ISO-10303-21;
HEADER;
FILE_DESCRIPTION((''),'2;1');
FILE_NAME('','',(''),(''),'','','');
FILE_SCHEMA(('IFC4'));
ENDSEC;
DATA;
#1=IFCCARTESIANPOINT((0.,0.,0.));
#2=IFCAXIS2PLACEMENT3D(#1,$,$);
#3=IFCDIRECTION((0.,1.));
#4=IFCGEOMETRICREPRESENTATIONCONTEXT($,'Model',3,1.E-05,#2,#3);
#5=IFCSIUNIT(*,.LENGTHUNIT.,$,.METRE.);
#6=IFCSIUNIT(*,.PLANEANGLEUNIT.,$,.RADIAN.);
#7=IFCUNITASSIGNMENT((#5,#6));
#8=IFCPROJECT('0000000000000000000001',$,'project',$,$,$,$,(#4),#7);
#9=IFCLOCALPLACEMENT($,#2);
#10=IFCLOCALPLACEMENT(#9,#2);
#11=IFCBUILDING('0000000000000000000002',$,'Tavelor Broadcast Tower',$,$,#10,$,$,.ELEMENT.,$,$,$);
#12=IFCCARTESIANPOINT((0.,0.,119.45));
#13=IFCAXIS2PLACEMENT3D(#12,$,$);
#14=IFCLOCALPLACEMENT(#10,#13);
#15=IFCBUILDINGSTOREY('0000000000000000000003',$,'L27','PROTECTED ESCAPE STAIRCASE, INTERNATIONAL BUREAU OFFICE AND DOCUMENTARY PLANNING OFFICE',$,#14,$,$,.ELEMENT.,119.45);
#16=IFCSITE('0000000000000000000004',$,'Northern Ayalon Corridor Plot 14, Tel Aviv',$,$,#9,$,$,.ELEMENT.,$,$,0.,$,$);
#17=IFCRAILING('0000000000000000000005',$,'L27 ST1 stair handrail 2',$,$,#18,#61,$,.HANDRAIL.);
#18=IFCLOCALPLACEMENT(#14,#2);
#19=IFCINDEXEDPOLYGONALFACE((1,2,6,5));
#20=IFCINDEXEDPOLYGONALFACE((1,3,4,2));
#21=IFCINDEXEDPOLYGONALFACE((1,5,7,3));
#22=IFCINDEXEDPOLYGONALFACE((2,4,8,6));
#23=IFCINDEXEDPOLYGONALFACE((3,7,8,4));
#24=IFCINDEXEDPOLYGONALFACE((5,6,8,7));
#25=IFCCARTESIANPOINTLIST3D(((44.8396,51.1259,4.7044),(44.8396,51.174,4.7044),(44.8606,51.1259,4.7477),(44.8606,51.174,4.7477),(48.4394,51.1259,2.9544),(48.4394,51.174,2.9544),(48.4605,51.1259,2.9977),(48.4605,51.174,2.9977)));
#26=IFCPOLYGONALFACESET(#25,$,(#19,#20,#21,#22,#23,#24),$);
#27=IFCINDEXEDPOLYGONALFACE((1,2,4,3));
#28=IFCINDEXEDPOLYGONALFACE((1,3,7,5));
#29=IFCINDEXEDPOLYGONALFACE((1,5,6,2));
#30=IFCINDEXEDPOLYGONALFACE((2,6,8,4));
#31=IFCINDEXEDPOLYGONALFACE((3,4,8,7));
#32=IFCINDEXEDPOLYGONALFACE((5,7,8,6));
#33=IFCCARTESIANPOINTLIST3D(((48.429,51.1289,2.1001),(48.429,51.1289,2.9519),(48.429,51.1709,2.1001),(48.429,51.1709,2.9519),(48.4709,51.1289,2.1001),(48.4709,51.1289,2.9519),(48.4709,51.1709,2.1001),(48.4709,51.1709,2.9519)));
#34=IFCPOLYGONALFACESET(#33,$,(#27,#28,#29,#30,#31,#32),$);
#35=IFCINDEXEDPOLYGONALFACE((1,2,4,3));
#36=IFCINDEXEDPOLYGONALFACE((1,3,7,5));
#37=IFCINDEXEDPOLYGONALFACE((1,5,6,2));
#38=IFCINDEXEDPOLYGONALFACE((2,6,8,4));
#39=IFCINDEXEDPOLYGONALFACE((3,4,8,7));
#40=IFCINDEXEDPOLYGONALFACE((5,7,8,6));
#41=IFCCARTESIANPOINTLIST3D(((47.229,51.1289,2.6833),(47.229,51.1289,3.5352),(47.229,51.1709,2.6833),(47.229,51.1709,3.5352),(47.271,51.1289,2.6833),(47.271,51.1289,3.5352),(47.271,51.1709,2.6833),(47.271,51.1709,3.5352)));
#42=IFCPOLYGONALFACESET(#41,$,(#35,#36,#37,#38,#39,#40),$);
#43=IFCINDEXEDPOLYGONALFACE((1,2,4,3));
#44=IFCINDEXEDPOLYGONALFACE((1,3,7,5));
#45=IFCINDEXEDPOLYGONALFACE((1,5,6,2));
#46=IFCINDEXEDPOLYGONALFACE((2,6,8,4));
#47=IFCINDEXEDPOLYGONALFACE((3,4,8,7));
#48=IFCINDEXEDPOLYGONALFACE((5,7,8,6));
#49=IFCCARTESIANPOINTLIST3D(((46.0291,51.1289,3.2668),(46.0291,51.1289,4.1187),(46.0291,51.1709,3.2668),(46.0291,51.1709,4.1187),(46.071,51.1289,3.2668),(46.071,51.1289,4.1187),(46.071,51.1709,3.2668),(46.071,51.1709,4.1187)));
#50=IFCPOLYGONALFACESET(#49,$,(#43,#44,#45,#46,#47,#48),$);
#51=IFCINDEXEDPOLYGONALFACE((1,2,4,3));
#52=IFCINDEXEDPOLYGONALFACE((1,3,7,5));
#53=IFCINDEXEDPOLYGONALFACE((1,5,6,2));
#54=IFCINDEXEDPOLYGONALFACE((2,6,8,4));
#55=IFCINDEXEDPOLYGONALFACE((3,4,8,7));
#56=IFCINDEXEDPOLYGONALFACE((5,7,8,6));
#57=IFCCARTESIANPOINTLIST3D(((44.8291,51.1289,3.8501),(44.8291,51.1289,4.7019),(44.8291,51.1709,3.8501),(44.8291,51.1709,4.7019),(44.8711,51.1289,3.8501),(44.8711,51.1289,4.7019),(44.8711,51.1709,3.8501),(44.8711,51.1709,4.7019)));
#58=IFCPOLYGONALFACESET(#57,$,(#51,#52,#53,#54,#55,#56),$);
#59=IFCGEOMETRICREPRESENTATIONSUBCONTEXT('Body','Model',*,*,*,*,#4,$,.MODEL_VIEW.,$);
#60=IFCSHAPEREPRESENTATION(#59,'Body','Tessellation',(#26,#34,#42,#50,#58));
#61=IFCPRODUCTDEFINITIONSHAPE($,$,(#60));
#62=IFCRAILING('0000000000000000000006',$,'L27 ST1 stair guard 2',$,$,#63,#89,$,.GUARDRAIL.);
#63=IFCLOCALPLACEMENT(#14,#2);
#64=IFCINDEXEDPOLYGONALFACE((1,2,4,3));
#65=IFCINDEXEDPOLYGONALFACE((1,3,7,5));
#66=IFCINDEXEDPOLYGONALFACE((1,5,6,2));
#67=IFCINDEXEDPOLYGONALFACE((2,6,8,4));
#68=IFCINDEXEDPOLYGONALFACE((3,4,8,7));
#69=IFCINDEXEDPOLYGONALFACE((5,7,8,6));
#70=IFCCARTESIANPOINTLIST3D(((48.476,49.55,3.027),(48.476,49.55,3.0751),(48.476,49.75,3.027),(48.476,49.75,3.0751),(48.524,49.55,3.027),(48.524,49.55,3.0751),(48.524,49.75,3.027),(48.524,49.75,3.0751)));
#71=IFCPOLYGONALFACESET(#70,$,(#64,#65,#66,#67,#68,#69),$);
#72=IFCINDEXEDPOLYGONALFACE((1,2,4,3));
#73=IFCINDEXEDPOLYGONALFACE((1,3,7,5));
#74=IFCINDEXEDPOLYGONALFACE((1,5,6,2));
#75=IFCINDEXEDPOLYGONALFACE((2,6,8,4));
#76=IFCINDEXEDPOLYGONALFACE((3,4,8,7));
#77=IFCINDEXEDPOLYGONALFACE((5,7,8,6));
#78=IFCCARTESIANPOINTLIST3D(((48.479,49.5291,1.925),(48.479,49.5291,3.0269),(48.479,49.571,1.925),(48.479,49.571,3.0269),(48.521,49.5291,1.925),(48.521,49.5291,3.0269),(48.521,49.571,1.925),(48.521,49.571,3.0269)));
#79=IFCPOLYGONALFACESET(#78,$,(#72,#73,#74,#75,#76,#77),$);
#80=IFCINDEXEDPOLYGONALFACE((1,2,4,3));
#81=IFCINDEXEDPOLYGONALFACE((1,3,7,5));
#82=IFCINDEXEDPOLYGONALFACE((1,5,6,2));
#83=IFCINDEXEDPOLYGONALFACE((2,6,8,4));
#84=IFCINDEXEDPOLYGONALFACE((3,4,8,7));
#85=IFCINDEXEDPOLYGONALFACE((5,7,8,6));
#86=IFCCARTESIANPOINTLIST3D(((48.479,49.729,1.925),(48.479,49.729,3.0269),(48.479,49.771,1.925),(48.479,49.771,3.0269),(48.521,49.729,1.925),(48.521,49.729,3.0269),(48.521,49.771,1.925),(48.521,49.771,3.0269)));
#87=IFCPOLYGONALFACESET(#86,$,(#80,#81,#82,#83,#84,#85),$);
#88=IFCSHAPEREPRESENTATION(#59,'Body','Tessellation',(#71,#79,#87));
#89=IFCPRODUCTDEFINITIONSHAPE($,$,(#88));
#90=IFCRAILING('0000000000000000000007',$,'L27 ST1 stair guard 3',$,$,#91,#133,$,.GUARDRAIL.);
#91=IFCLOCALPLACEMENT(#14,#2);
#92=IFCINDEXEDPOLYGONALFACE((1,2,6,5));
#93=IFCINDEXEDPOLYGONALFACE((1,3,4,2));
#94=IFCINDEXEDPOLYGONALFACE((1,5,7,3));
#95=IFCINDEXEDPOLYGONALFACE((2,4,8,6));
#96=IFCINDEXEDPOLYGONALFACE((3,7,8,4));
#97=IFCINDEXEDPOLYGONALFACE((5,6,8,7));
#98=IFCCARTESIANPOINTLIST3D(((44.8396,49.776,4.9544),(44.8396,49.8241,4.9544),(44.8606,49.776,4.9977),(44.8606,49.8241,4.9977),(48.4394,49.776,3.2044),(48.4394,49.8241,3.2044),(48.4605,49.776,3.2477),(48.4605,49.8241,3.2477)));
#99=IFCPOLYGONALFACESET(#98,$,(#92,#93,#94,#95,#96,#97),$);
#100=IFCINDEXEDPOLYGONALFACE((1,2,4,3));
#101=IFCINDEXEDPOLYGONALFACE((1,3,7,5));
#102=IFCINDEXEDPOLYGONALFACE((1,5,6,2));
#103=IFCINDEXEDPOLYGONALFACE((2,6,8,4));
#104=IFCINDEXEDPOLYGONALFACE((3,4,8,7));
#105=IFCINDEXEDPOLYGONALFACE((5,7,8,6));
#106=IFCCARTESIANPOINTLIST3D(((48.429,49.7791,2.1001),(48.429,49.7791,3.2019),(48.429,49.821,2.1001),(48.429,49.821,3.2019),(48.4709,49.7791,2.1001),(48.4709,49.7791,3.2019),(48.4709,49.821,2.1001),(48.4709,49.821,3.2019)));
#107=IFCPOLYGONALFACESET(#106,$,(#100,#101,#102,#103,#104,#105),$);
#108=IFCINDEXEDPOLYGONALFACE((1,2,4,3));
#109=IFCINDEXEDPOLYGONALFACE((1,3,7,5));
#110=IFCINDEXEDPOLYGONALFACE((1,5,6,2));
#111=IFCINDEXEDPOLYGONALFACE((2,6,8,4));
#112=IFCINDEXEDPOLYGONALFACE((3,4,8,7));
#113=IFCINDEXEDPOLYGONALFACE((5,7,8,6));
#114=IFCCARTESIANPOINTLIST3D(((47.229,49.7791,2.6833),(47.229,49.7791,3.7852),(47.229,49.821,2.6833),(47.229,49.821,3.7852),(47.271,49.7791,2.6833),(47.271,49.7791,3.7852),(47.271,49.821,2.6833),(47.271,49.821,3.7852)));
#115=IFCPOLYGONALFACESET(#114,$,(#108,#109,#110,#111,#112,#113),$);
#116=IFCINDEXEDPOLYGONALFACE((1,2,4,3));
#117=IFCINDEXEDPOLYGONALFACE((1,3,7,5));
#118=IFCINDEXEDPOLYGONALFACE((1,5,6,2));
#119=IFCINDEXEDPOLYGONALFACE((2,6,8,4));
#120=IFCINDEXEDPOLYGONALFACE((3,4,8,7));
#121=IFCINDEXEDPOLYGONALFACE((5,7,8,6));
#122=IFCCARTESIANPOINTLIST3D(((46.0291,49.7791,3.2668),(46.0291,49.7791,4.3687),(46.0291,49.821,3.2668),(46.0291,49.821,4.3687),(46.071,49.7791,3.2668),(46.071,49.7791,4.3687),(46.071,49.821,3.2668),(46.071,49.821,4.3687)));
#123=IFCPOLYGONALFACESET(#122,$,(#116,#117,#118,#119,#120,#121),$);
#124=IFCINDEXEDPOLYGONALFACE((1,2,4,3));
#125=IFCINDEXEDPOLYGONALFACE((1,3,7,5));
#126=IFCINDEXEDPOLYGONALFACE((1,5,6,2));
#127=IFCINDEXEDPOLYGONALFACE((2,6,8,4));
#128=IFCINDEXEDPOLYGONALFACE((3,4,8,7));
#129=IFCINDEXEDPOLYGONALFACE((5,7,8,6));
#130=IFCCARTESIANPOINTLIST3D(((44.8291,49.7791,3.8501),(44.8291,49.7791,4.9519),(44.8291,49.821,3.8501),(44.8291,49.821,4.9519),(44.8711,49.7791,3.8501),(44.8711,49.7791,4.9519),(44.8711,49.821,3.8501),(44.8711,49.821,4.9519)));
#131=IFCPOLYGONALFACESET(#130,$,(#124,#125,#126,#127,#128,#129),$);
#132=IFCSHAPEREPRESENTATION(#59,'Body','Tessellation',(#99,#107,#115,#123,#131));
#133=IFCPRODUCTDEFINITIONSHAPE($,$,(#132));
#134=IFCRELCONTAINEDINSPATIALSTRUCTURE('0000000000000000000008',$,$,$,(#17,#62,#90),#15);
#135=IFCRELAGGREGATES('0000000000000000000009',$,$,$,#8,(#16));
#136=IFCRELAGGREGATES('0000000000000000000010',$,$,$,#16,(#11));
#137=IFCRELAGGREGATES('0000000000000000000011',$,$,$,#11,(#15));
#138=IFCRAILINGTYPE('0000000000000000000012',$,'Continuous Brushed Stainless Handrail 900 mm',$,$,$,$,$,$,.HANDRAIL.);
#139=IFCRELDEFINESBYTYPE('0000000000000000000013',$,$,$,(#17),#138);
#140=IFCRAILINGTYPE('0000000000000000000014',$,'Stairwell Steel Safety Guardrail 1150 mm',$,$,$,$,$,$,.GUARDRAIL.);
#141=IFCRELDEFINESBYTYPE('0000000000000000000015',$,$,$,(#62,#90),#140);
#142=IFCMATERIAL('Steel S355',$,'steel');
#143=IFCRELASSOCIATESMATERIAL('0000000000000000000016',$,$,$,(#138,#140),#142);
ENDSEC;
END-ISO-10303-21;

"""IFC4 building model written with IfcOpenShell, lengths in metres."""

from ifc_helpers import new_model, si_unit, direction, frame, origin, origin_2d, place, context, subcontext, project, spatial, rectangle, extrude, material, type_object, element, save


model = new_model("IFC4")

# Units and contexts
model_context = context("Model", 3, precision=1e-05, world=origin(), true_north=direction((0.0, 1.0)))
body_context = subcontext(model_context, "Body", "Model", "MODEL_VIEW")
ifc_project = project(units=[si_unit("LENGTHUNIT", "METRE"), si_unit("PLANEANGLEUNIT", "RADIAN")], contexts=[model_context])

# Site, building, storey
site_placement = place(None, origin())
site = spatial("IfcSite", under=ifc_project, at=site_placement, Name="Northern Ayalon Corridor Plot 14, Tel Aviv", CompositionType="ELEMENT", RefElevation=0.0)
building_placement = place(site_placement, origin())
building = spatial("IfcBuilding", under=site, at=building_placement, Name="Tavelor Broadcast Tower", CompositionType="ELEMENT")
storey_placement = place(building_placement, frame((0.0, 0.0, 119.45)))
storey = spatial("IfcBuildingStorey", under=building, at=storey_placement, Name="L27", Description="PROTECTED ESCAPE STAIRCASE, INTERNATIONAL BUREAU OFFICE AND DOCUMENTARY PLANNING OFFICE", CompositionType="ELEMENT", Elevation=119.45)

# Shared definitions
ifc_material_1 = material(Name="Steel S355", Category="steel")

# Railings
railing_type_1 = type_object("IfcRailingType", Name="Continuous Brushed Stainless Handrail 900 mm", PredefinedType="HANDRAIL", material=ifc_material_1)
railing_1_placement = place(storey_placement, frame((48.45, 51.1499, 2.1001)))
element("IfcRailing", 1, at=railing_1_placement, inside=storey, type_object=railing_type_1, Name="L27 ST1 stair handrail 2", PredefinedType="HANDRAIL", context=body_context, shape_type="SweptSolid", body=[
    extrude(rectangle(XDim=0.0481, YDim=0.0481, at=origin_2d()), frame((0.0, 0.0, 0.876), z_axis=(-0.899361, 0.0, 0.437207), x_axis=(0.0, -1.0, 0.0)), (0.0, 0.0, 1.0), 4.0027),
    extrude(rectangle(XDim=0.042, YDim=0.042, at=origin_2d()), origin(), (0.0, 0.0, 1.0), 0.8518),
    extrude(rectangle(XDim=0.042, YDim=0.042, at=origin_2d()), frame((-1.2, 0.0, 0.5833)), (0.0, 0.0, 1.0), 0.8518),
    extrude(rectangle(XDim=0.042, YDim=0.042, at=origin_2d()), frame((-2.3999, 0.0, 1.1667)), (0.0, 0.0, 1.0), 0.8518),
    extrude(rectangle(XDim=0.042, YDim=0.042, at=origin_2d()), frame((-3.5999, 0.0, 1.75)), (0.0, 0.0, 1.0), 0.8518),
])
railing_type_2 = type_object("IfcRailingType", Name="Stairwell Steel Safety Guardrail 1150 mm", PredefinedType="GUARDRAIL", material=ifc_material_1)
railing_2_placement = place(storey_placement, frame((48.5, 49.55, 1.925)))
element("IfcRailing", 2, at=railing_2_placement, inside=storey, type_object=railing_type_2, Name="L27 ST1 stair guard 2", PredefinedType="GUARDRAIL", context=body_context, shape_type="SweptSolid", body=[
    extrude(rectangle(XDim=0.0481, YDim=0.0481, at=origin_2d()), frame((0.0, 0.0, 1.126), z_axis=(0.0, 1.0, 0.0), x_axis=(-1.0, 0.0, 0.0)), (0.0, 0.0, 1.0), 0.2),
    extrude(rectangle(XDim=0.042, YDim=0.042, at=origin_2d()), origin(), (0.0, 0.0, 1.0), 1.1018),
    extrude(rectangle(XDim=0.042, YDim=0.042, at=origin_2d()), frame((0.0, 0.2, 0.0)), (0.0, 0.0, 1.0), 1.1018),
])
railing_3_placement = place(storey_placement, frame((48.45, 49.8, 2.1001)))
element("IfcRailing", 3, at=railing_3_placement, inside=storey, type_object=railing_type_2, Name="L27 ST1 stair guard 3", PredefinedType="GUARDRAIL", context=body_context, shape_type="SweptSolid", body=[
    extrude(rectangle(XDim=0.0481, YDim=0.0481, at=origin_2d()), frame((0.0, 0.0, 1.126), z_axis=(-0.899361, 0.0, 0.437207), x_axis=(0.0, -1.0, 0.0)), (0.0, 0.0, 1.0), 4.0027),
    extrude(rectangle(XDim=0.042, YDim=0.042, at=origin_2d()), origin(), (0.0, 0.0, 1.0), 1.1018),
    extrude(rectangle(XDim=0.042, YDim=0.042, at=origin_2d()), frame((-1.2, 0.0, 0.5833)), (0.0, 0.0, 1.0), 1.1018),
    extrude(rectangle(XDim=0.042, YDim=0.042, at=origin_2d()), frame((-2.3999, 0.0, 1.1667)), (0.0, 0.0, 1.0), 1.1018),
    extrude(rectangle(XDim=0.042, YDim=0.042, at=origin_2d()), frame((-3.5999, 0.0, 1.75)), (0.0, 0.0, 1.0), 1.1018),
])

save(model, "model.ifc")
